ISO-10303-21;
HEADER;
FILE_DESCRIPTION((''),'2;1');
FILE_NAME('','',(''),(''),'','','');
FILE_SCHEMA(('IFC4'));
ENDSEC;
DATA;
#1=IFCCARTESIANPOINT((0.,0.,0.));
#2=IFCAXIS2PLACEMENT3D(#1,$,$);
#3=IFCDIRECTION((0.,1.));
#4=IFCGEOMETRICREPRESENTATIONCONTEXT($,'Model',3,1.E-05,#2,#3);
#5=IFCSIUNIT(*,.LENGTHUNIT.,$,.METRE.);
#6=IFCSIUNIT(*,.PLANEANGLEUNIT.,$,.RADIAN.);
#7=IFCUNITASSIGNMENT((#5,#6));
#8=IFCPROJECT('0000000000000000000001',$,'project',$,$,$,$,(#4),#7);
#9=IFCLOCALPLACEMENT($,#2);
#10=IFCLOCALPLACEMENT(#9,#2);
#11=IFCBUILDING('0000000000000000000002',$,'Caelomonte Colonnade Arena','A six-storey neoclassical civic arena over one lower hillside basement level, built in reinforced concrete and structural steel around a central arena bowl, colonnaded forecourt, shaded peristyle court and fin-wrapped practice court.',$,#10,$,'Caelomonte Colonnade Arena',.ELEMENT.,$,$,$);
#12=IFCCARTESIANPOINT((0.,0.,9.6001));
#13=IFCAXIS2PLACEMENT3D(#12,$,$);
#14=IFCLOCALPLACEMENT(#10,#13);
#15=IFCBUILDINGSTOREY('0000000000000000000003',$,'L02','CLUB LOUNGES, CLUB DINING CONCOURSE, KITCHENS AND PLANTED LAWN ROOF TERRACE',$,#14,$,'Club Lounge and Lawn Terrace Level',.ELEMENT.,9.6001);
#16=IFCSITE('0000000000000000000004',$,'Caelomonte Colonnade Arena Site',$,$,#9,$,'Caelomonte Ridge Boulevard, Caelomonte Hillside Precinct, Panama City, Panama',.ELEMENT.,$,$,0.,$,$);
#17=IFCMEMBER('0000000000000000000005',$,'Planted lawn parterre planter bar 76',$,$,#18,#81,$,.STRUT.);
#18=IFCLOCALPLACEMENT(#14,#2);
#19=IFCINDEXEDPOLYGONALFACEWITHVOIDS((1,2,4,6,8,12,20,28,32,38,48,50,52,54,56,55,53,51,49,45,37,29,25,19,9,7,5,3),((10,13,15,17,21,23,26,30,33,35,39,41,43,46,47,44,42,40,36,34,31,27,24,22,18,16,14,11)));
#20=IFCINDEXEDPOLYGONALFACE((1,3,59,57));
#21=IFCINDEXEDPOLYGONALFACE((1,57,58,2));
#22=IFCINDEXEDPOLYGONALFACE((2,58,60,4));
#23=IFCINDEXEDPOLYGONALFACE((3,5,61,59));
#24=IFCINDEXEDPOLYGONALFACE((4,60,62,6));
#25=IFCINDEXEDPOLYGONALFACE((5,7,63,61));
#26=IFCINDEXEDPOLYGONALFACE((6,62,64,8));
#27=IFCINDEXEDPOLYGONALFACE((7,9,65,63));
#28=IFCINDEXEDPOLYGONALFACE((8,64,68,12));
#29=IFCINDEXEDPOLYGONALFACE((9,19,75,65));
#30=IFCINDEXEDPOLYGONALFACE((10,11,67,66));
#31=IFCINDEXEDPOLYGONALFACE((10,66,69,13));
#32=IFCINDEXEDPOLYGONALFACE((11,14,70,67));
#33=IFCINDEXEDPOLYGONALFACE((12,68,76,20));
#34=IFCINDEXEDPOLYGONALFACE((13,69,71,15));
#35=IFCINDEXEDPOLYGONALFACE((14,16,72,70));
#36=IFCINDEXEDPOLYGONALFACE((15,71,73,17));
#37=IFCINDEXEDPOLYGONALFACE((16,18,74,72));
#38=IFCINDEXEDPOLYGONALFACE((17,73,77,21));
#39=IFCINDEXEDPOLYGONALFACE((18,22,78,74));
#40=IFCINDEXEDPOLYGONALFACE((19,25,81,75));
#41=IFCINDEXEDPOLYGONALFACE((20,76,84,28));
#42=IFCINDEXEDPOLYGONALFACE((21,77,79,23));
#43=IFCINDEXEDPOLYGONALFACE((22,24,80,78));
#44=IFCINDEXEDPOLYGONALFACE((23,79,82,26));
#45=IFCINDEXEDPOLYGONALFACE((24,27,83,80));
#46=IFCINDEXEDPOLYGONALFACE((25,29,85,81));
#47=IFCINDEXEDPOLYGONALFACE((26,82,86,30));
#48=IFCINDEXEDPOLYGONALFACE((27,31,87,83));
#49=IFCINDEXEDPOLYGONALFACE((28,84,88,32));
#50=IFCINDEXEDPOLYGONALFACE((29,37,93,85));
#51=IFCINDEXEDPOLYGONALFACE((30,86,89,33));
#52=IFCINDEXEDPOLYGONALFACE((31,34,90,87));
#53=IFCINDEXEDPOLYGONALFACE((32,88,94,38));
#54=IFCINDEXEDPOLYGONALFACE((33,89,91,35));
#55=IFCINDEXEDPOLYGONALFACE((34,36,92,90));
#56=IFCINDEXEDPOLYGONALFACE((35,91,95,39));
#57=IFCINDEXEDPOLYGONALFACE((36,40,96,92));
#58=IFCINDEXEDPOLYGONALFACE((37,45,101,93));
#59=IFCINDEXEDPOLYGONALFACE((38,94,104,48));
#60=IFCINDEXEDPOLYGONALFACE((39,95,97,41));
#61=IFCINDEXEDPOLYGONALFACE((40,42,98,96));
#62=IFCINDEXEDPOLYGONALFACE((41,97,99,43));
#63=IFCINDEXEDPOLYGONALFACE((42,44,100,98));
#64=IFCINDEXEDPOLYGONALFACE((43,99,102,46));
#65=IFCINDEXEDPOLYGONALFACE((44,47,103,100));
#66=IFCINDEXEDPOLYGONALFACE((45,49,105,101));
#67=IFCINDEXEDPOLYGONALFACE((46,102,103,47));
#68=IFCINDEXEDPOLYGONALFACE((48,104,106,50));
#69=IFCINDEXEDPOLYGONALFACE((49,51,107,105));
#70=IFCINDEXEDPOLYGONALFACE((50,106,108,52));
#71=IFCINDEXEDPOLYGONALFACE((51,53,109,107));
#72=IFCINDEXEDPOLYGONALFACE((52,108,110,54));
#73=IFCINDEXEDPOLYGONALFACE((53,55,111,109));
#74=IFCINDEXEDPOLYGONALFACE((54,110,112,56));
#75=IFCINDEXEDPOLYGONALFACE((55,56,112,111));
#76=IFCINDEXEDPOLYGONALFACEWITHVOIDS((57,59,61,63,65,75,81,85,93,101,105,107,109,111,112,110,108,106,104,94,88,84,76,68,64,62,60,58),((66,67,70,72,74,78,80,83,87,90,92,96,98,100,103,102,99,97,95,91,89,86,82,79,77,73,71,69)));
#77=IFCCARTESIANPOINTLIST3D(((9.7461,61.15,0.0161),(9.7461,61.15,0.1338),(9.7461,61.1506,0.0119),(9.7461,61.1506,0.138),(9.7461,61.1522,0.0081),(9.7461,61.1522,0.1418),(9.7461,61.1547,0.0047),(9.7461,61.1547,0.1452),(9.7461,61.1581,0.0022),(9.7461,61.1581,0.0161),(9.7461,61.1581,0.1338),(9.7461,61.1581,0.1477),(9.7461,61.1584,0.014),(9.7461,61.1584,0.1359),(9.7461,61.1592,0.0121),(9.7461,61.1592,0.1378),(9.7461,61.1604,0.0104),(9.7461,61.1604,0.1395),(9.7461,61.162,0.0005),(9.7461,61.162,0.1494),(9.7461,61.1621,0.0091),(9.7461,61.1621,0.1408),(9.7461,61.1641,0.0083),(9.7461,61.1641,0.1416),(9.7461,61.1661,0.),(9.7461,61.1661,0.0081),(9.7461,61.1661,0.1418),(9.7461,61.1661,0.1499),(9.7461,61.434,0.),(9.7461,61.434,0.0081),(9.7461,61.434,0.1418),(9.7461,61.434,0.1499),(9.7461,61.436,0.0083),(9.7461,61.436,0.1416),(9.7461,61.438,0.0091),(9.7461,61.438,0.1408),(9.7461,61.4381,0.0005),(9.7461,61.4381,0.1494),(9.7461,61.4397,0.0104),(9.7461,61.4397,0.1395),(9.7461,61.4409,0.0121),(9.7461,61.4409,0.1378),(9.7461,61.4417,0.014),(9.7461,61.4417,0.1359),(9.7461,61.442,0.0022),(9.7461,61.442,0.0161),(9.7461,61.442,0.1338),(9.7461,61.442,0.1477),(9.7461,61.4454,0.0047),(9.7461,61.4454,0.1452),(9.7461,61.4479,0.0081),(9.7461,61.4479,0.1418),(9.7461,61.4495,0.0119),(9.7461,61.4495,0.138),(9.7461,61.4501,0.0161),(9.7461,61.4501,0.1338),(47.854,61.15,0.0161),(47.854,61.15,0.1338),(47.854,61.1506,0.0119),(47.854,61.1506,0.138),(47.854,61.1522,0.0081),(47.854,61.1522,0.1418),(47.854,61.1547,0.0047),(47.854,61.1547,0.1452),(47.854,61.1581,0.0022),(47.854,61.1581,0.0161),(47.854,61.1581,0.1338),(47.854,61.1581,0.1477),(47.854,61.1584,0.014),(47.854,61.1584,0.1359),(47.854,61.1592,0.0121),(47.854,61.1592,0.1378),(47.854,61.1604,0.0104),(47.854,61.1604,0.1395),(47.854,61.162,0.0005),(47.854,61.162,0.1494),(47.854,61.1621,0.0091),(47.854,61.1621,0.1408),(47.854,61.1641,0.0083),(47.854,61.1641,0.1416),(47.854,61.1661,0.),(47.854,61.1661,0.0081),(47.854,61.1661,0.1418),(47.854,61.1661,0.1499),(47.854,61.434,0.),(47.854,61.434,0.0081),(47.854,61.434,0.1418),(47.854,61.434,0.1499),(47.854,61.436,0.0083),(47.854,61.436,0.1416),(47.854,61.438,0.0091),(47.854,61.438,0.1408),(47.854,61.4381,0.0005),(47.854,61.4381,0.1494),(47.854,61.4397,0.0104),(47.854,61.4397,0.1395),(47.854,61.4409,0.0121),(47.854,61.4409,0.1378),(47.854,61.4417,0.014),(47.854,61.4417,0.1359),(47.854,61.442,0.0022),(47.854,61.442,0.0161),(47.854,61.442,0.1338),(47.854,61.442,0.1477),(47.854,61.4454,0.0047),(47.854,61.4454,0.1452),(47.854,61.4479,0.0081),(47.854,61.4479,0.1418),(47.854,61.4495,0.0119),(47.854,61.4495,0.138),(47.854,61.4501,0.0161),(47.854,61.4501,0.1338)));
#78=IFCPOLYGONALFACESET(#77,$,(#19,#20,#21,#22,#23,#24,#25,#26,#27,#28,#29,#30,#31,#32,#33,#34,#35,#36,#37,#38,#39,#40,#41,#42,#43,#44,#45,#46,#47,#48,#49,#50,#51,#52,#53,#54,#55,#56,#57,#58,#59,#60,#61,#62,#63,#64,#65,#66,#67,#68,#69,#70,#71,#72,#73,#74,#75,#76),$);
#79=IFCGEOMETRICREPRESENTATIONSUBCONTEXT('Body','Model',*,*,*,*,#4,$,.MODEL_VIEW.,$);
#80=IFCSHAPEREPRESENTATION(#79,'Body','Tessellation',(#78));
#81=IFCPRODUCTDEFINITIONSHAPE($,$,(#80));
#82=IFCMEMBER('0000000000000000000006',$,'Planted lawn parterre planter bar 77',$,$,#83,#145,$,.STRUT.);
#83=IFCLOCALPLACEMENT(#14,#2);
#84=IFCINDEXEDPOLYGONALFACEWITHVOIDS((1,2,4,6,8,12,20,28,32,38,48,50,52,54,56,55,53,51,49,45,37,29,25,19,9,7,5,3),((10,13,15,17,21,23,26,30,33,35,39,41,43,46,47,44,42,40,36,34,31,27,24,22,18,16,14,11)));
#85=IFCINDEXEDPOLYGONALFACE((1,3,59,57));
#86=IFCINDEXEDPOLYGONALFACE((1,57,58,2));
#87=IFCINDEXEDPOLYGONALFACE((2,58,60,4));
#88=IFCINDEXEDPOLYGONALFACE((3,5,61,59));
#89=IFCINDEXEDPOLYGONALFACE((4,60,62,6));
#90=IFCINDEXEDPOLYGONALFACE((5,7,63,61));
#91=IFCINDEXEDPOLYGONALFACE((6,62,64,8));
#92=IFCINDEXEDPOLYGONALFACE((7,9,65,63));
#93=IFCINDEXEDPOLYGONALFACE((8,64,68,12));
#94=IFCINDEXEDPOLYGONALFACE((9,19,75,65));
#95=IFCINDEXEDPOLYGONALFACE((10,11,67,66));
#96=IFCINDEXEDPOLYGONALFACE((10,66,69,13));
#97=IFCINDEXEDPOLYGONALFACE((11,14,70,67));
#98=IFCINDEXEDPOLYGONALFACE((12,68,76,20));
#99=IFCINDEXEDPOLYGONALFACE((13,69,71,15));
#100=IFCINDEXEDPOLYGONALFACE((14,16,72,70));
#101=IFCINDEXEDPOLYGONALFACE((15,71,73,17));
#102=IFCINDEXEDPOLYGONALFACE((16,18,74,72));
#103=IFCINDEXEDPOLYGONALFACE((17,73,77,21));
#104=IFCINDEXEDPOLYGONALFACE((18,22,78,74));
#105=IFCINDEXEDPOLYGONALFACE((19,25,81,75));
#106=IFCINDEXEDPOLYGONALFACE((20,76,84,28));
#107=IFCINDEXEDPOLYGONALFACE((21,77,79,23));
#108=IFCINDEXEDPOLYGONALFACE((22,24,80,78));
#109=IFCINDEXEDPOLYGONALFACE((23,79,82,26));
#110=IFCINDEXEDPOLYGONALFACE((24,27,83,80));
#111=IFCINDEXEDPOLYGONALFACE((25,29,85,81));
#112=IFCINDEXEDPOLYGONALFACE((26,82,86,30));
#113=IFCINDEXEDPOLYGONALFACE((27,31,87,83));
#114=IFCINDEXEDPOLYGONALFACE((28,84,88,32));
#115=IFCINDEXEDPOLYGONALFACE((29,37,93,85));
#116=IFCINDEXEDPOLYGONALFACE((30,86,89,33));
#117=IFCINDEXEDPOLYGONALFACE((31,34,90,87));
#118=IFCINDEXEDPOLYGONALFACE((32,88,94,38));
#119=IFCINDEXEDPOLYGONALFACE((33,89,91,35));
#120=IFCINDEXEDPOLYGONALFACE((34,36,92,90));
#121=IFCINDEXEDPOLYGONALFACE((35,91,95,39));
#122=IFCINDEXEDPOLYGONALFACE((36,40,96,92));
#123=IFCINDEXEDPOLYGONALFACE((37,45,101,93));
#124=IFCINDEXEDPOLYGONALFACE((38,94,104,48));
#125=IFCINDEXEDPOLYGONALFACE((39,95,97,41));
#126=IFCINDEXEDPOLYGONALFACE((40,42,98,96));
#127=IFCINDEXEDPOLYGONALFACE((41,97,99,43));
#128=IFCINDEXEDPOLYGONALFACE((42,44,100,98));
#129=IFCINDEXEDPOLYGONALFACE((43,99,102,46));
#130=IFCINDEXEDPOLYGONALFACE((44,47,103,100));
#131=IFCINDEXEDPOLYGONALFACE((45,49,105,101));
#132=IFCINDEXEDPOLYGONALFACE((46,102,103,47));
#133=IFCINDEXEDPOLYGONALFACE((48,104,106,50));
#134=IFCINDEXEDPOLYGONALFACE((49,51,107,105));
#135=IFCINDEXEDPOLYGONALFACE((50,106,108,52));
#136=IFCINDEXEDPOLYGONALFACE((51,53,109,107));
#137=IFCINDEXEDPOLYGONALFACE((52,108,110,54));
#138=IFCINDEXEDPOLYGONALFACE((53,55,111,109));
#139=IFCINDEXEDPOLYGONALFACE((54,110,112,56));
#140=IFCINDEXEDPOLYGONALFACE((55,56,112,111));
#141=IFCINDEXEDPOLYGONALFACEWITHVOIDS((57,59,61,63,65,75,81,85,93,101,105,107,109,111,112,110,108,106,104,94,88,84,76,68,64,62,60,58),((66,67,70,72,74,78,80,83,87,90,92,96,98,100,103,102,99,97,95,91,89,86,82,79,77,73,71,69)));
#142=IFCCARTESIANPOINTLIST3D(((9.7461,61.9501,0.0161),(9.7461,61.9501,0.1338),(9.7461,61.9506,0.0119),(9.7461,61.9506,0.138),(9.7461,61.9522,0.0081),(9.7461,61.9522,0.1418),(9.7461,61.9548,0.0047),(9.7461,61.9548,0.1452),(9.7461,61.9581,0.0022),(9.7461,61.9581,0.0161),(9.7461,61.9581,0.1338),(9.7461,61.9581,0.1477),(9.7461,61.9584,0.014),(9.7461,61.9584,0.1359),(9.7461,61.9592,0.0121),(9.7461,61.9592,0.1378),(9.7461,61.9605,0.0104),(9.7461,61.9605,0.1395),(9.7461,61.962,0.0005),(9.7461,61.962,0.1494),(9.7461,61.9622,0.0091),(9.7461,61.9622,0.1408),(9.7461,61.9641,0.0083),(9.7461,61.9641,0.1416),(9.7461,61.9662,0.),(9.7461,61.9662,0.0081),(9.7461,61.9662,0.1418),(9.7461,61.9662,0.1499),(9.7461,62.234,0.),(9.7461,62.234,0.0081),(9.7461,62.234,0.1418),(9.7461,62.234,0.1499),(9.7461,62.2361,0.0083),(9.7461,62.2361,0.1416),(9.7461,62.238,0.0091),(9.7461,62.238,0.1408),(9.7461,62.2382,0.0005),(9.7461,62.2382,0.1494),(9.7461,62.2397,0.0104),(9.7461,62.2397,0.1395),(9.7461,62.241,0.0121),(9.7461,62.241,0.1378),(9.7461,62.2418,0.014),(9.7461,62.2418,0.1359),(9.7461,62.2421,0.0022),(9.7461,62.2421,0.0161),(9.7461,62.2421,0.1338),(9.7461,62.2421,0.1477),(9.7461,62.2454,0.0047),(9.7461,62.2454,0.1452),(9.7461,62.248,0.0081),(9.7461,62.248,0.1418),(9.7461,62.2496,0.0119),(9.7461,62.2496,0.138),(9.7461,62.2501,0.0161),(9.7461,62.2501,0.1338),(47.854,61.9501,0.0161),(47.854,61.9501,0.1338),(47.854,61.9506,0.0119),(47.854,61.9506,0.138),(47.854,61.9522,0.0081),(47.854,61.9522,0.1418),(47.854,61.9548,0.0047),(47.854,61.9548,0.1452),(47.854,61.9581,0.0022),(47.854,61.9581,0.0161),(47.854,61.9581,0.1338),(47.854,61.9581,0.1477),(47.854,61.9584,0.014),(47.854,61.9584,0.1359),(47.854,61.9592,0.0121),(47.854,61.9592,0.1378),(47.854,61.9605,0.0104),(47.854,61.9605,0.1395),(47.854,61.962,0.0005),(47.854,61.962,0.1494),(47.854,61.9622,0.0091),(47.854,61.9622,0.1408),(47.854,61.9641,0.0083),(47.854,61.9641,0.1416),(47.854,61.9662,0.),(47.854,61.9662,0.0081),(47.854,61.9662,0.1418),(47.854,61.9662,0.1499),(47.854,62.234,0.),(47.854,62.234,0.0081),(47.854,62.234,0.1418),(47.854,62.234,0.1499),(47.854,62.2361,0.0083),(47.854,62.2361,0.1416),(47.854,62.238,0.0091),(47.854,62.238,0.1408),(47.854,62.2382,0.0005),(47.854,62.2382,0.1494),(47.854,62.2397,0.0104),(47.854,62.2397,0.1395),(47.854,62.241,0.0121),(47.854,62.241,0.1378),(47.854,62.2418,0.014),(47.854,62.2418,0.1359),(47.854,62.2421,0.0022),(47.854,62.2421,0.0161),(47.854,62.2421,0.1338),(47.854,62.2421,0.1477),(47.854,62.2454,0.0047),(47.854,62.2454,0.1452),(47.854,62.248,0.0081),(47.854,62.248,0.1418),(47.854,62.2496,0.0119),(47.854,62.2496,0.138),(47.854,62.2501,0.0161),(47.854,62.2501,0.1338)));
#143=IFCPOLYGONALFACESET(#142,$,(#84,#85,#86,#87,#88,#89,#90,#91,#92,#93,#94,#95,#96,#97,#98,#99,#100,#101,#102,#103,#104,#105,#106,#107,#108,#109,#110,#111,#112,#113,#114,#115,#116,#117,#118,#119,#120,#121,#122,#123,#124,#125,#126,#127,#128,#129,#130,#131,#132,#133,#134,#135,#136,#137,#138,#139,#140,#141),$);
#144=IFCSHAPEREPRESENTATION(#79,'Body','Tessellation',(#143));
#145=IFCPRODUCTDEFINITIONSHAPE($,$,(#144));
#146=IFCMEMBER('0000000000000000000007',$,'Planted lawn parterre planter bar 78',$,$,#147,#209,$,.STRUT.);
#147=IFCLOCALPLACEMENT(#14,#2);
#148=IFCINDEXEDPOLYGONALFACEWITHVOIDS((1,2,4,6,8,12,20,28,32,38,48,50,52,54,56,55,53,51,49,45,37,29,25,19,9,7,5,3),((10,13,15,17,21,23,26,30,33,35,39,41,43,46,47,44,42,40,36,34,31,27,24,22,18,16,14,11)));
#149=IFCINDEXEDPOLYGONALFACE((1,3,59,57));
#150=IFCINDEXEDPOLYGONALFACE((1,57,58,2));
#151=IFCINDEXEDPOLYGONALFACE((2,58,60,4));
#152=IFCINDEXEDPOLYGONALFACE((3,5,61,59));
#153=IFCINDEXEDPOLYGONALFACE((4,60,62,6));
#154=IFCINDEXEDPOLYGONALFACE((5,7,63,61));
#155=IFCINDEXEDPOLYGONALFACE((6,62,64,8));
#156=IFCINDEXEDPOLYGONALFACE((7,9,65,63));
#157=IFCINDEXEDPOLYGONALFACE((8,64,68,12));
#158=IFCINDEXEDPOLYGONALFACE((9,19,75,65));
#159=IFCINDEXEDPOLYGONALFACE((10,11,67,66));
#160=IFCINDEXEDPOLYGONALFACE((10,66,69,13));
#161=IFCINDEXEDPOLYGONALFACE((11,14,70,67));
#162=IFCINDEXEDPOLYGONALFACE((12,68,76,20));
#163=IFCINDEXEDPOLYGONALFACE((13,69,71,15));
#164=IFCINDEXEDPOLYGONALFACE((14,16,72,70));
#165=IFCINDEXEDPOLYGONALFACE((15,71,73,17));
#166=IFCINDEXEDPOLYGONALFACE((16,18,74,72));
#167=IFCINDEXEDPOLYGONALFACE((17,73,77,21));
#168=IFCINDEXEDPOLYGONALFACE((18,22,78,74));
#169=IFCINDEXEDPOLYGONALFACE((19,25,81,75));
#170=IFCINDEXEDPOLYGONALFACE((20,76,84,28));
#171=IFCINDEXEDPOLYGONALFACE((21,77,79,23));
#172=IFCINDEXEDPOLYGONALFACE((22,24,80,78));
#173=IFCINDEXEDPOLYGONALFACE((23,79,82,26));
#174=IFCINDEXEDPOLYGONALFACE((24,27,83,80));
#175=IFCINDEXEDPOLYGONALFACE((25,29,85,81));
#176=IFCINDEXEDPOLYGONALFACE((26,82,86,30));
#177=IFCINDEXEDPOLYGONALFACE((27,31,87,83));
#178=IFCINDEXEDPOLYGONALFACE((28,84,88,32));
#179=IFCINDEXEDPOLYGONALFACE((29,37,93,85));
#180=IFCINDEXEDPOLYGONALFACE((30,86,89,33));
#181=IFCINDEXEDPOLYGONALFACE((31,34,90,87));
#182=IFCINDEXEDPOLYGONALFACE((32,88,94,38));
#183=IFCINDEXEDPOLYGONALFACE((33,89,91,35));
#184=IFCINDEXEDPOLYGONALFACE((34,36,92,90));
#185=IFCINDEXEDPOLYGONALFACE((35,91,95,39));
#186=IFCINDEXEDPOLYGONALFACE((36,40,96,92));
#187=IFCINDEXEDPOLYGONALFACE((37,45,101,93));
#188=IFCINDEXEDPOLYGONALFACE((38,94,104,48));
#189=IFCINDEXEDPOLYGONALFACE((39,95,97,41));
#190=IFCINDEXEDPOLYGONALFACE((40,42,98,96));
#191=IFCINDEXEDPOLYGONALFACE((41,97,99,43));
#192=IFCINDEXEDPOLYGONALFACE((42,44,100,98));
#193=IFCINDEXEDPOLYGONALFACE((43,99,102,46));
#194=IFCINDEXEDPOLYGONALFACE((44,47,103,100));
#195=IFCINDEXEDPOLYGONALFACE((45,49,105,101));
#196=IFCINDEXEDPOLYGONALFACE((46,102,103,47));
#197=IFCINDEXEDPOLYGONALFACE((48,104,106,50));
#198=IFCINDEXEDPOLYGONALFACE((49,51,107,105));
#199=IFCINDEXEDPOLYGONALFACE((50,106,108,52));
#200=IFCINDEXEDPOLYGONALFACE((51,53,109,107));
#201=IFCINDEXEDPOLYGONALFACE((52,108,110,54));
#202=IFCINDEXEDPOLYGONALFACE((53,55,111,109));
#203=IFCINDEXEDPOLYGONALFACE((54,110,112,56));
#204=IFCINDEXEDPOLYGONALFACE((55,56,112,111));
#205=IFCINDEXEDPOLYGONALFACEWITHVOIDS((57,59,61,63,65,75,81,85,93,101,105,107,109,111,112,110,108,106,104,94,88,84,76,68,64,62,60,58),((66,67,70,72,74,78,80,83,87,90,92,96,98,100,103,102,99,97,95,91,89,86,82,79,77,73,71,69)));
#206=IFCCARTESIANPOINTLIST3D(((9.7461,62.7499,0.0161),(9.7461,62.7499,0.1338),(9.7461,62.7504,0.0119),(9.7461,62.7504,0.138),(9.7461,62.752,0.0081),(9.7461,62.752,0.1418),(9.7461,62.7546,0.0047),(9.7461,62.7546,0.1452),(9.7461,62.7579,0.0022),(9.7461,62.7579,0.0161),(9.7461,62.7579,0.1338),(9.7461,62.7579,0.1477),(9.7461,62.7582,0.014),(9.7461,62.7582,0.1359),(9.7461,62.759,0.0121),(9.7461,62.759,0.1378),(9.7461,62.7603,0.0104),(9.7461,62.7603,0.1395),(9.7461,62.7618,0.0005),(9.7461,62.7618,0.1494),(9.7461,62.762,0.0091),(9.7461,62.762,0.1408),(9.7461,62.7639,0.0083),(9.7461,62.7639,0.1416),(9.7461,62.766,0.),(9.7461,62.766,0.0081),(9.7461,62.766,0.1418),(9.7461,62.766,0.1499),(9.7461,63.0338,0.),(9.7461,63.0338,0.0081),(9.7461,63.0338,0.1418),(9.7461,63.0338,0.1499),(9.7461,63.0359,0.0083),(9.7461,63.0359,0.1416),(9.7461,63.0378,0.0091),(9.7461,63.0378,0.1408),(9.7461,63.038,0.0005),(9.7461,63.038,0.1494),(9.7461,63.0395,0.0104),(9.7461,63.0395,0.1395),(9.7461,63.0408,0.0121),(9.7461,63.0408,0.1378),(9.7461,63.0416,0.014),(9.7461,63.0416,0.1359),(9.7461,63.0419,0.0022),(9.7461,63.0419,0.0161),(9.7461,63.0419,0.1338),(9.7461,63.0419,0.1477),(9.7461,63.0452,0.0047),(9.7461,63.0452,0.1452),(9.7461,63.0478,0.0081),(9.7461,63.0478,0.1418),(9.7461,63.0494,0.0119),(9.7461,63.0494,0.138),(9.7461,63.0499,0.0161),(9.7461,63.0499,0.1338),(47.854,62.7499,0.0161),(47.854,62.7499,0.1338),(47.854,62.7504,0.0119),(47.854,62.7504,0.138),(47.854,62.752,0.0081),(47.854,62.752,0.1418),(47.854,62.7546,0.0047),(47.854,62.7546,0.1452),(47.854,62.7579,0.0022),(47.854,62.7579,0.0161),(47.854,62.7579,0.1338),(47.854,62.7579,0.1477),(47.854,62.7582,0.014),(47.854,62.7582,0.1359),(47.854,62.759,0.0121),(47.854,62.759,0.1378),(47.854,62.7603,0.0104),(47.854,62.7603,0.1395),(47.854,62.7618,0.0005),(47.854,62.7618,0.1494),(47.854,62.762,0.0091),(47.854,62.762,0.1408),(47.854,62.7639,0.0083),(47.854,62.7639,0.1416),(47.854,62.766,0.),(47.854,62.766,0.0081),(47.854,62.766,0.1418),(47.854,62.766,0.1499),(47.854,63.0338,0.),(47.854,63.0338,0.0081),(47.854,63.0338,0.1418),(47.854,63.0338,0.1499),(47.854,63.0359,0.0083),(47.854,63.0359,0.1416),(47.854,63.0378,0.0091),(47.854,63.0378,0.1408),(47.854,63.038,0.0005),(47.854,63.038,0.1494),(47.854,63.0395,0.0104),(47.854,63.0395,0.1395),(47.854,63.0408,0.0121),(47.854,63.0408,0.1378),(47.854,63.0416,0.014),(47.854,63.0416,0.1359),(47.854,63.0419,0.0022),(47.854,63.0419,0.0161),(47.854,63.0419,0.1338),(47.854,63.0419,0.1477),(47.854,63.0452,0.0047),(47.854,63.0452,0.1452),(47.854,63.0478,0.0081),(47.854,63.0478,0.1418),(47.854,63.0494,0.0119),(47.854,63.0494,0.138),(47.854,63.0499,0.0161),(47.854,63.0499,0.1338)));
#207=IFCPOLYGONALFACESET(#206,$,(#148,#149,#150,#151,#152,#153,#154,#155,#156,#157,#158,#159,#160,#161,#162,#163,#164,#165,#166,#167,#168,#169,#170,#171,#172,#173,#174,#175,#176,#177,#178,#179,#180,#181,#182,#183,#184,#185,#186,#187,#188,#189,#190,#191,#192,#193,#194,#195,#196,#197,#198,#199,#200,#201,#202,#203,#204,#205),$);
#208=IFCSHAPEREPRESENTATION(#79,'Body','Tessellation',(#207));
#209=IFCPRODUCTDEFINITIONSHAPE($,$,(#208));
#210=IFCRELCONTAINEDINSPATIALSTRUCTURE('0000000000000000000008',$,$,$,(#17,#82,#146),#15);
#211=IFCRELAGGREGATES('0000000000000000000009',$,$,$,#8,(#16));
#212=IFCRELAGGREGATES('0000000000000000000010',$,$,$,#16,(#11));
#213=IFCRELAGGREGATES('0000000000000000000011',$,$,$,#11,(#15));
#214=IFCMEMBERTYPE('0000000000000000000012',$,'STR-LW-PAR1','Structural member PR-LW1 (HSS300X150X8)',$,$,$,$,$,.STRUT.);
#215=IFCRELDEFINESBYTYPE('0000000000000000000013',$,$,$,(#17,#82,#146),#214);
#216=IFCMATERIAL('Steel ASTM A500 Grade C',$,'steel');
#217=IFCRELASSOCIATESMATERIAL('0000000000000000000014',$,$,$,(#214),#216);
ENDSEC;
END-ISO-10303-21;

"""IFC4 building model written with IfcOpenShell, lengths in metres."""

from ifc_helpers import new_model, si_unit, direction, frame, origin, origin_2d, place, context, subcontext, project, spatial, hollow_rectangle, extrude, material, material_profile, profile_set, type_object, element, save


model = new_model("IFC4")

# Units and contexts
model_context = context("Model", 3, precision=1e-05, world=origin(), true_north=direction((0.0, 1.0)))
body_context = subcontext(model_context, "Body", "Model", "MODEL_VIEW")
ifc_project = project(units=[si_unit("LENGTHUNIT", "METRE"), si_unit("PLANEANGLEUNIT", "RADIAN")], contexts=[model_context])

# Site, building, storey
site_placement = place(None, origin())
site = spatial("IfcSite", under=ifc_project, at=site_placement, Name="Caelomonte Colonnade Arena Site", LongName="Caelomonte Ridge Boulevard, Caelomonte Hillside Precinct, Panama City, Panama", CompositionType="ELEMENT", RefElevation=0.0)
building_placement = place(site_placement, origin())
building = spatial("IfcBuilding", under=site, at=building_placement, Name="Caelomonte Colonnade Arena", Description="A six-storey neoclassical civic arena over one lower hillside basement level, built in reinforced concrete and structural steel around a central arena bowl, colonnaded forecourt, shaded peristyle court and fin-wrapped practice court.", LongName="Caelomonte Colonnade Arena", CompositionType="ELEMENT")
storey_placement = place(building_placement, frame((0.0, 0.0, 9.6001)))
storey = spatial("IfcBuildingStorey", under=building, at=storey_placement, Name="L02", Description="CLUB LOUNGES, CLUB DINING CONCOURSE, KITCHENS AND PLANTED LAWN ROOF TERRACE", LongName="Club Lounge and Lawn Terrace Level", CompositionType="ELEMENT", Elevation=9.6001)

# Members
ifc_material_1 = material(Name="Steel ASTM A500 Grade C", Category="steel")
ifc_material_profile_1 = material_profile(ifc_material_1, hollow_rectangle(XDim=0.3, YDim=0.1499, WallThickness=0.0081, InnerFilletRadius=0.0081, OuterFilletRadius=0.0161, at=origin_2d()), Name="HSS300X150X8")
ifc_profile_set_1 = profile_set([ifc_material_profile_1], Name="Steel ASTM A500 Grade C")
member_type = type_object("IfcMemberType", Name="STR-LW-PAR1", Description="Structural member PR-LW1 (HSS300X150X8)", PredefinedType="STRUT", material=ifc_profile_set_1)
for number, where, z_axis, x_axis, name in (
    (1, (9.7461, 61.3, 0.075), (1.0, 0.0, 0.0), (0.0, 1.0, 0.0), "Planted lawn parterre planter bar 76"),
    (2, (9.7461, 62.1001, 0.075), (1.0, 0.0, 0.0), (0.0, 1.0, 0.0), "Planted lawn parterre planter bar 77"),
    (3, (9.7461, 62.8999, 0.075), (1.0, 0.0, 0.0), (0.0, 1.0, 0.0), "Planted lawn parterre planter bar 78"),
):
    element("IfcMember", number, at=place(storey_placement, frame(where, z_axis=z_axis, x_axis=x_axis)), inside=storey, type_object=member_type, Name=name, PredefinedType="STRUT", context=body_context, shape_type="SweptSolid", body=[
        extrude(hollow_rectangle(XDim=0.3, YDim=0.1499, WallThickness=0.0081, InnerFilletRadius=0.0081, OuterFilletRadius=0.0161, at=origin_2d()), origin(), (0.0, 0.0, 1.0), 38.1079),
    ])

save(model, "model.ifc")
